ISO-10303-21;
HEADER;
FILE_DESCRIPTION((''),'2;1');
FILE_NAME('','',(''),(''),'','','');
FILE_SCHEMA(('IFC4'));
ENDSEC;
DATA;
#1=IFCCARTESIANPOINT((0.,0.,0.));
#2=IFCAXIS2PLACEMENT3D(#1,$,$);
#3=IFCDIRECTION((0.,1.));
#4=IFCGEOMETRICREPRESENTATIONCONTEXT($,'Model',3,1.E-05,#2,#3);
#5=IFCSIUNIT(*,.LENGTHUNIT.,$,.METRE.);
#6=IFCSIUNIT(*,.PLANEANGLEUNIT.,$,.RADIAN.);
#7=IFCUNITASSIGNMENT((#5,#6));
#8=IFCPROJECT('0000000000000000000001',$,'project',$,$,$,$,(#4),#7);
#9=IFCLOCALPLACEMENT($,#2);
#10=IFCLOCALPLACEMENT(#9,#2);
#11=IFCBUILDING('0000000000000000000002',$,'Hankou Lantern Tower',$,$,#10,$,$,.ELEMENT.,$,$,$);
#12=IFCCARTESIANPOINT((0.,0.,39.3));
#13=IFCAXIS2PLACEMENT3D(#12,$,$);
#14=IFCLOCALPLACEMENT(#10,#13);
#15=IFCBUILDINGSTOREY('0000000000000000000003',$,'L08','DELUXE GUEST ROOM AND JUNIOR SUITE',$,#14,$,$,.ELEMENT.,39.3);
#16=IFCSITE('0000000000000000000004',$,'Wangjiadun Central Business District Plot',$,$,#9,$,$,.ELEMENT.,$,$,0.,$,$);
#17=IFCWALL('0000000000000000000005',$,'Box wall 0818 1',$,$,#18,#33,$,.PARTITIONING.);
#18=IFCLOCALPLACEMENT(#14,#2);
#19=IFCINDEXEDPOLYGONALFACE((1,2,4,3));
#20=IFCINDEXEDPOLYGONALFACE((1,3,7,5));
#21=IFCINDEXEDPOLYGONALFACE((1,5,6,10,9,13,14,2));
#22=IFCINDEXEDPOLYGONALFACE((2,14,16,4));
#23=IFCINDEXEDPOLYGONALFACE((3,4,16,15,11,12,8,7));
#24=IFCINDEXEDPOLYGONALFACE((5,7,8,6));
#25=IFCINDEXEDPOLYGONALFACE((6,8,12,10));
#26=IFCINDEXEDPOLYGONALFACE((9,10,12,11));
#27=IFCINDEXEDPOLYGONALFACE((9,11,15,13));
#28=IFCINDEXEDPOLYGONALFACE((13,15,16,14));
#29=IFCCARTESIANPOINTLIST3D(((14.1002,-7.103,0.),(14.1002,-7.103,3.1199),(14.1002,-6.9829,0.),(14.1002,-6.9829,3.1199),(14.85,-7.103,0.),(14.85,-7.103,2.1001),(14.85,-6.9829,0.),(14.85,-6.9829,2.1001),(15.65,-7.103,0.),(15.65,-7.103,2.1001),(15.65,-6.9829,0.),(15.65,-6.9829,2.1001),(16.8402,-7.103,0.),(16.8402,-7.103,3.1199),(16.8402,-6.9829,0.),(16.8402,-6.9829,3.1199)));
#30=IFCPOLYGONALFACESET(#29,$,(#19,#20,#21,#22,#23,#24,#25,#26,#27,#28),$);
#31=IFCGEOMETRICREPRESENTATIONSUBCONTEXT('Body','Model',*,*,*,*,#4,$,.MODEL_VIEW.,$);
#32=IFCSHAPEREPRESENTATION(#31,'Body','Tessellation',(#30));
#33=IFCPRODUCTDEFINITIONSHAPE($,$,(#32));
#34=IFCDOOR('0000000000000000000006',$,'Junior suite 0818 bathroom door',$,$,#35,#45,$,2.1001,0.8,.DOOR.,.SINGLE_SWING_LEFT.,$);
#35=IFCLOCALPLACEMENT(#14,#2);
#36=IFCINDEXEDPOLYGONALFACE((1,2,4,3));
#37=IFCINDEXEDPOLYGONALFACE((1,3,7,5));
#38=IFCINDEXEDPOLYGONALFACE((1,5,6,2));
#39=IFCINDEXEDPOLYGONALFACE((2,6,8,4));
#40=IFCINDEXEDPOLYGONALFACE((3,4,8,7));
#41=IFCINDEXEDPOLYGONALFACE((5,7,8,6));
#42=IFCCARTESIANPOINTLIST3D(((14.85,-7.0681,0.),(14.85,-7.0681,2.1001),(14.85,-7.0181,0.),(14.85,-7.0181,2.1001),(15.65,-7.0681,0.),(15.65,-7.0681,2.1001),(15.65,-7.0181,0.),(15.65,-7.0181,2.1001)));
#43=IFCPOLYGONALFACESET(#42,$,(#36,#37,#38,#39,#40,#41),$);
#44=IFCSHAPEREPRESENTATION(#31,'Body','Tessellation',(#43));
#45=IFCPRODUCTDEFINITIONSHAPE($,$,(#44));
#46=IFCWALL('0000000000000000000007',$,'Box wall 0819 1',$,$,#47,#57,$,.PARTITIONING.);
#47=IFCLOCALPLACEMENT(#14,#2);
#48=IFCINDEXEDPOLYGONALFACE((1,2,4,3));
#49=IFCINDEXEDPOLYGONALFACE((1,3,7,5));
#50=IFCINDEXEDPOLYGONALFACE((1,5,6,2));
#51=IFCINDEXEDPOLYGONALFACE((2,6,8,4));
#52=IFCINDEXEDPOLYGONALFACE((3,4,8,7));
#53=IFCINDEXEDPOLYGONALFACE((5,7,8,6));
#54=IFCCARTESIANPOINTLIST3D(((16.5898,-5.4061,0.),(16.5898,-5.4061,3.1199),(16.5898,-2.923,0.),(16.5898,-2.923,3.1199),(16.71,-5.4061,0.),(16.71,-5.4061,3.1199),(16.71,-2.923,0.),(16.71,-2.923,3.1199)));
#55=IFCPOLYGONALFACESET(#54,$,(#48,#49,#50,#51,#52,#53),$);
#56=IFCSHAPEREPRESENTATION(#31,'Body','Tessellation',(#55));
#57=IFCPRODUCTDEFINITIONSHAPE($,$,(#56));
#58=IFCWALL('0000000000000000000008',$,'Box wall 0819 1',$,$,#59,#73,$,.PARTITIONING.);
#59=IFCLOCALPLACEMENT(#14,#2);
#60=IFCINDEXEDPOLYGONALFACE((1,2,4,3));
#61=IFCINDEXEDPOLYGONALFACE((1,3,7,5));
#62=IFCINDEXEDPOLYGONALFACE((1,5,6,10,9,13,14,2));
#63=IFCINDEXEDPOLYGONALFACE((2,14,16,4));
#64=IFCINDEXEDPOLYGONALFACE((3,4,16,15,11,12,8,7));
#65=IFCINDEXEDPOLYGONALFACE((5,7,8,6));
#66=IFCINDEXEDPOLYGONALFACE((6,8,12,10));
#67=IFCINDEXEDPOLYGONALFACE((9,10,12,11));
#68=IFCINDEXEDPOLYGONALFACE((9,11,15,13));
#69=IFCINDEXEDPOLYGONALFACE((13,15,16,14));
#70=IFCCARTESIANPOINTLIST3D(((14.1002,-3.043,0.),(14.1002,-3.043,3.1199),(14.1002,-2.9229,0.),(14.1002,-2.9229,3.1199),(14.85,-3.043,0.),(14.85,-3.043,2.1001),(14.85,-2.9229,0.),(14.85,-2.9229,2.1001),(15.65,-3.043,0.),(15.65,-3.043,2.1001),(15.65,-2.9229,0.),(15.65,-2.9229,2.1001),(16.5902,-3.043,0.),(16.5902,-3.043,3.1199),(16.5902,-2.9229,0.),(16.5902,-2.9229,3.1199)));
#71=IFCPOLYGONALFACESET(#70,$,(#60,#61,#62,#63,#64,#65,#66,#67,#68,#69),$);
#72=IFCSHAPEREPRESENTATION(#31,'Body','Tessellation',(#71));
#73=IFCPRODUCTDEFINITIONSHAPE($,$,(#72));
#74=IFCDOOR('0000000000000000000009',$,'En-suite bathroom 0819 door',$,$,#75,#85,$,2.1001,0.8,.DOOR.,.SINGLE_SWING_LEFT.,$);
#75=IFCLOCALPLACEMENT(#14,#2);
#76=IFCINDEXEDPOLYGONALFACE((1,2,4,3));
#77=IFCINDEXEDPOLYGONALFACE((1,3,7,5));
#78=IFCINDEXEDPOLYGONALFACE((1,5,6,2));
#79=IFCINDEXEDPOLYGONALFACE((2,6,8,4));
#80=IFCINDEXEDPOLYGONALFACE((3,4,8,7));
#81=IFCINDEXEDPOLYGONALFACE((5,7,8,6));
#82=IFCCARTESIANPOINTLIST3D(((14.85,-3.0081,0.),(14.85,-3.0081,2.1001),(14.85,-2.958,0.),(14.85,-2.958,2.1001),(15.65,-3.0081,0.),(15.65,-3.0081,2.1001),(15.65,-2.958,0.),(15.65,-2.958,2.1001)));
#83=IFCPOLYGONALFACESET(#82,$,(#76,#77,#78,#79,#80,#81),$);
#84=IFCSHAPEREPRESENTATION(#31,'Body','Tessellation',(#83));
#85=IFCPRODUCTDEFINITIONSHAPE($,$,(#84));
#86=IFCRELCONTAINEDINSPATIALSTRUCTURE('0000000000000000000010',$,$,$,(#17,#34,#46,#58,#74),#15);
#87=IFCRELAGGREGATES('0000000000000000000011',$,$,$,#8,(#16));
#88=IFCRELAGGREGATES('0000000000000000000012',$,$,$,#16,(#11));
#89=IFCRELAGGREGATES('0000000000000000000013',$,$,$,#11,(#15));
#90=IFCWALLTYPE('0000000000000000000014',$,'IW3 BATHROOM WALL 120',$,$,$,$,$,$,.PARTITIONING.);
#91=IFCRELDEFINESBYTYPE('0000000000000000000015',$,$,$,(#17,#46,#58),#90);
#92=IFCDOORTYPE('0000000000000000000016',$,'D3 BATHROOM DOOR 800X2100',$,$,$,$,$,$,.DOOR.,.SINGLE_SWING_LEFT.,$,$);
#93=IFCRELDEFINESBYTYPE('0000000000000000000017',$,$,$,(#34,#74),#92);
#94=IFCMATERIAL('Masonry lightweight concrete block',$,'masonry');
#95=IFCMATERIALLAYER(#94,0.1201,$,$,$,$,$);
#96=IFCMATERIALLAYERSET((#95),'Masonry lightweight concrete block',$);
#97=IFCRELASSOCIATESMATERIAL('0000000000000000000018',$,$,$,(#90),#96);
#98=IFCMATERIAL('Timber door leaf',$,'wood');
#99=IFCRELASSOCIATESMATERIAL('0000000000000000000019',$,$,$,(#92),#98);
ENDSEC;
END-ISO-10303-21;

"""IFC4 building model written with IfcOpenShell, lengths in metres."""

from ifc_helpers import new_model, si_unit, direction, frame, frame_2d, origin, place, context, subcontext, project, spatial, rectangle, extrude, material, layer, layer_set, type_object, element, fill, save


model = new_model("IFC4")

# Units and contexts
model_context = context("Model", 3, precision=1e-05, world=origin(), true_north=direction((0.0, 1.0)))
body_context = subcontext(model_context, "Body", "Model", "MODEL_VIEW")
ifc_project = project(units=[si_unit("LENGTHUNIT", "METRE"), si_unit("PLANEANGLEUNIT", "RADIAN")], contexts=[model_context])

# Site, building, storey
site_placement = place(None, origin())
site = spatial("IfcSite", under=ifc_project, at=site_placement, Name="Wangjiadun Central Business District Plot", CompositionType="ELEMENT", RefElevation=0.0)
building_placement = place(site_placement, origin())
building = spatial("IfcBuilding", under=site, at=building_placement, Name="Hankou Lantern Tower", CompositionType="ELEMENT")
storey_placement = place(building_placement, frame((0.0, 0.0, 39.3)))
storey = spatial("IfcBuildingStorey", under=building, at=storey_placement, Name="L08", Description="DELUXE GUEST ROOM AND JUNIOR SUITE", CompositionType="ELEMENT", Elevation=39.3)

# Shared definitions
ifc_material_1 = material(Name="Masonry lightweight concrete block", Category="masonry")
ifc_layer_1 = layer(ifc_material_1, 0.1201)
ifc_layer_set_1 = layer_set([ifc_layer_1], Name="Masonry lightweight concrete block")
wall_type_1 = type_object("IfcWallType", Name="IW3 BATHROOM WALL 120", PredefinedType="PARTITIONING", material=ifc_layer_set_1)
ifc_material_2 = material(Name="Timber door leaf", Category="wood")
door_type = type_object("IfcDoorType", Name="D3 BATHROOM DOOR 800X2100", OperationType="SINGLE_SWING_LEFT", PredefinedType="DOOR", material=ifc_material_2)

# Wall, opening, door
wall_1_placement = place(storey_placement, frame((14.1001, -7.043, 0.0), z_axis=(0.0, 0.0, 1.0), x_axis=(1.0, 0.0, 0.0)))
wall_1 = element("IfcWall", 1, at=wall_1_placement, inside=storey, type_object=wall_type_1, Name="Box wall 0818 1", PredefinedType="PARTITIONING", context=body_context, shape_type="SweptSolid", body=[
    extrude(rectangle(XDim=2.74, YDim=0.1201, at=frame_2d((1.3701, 0.0))), origin(), (0.0, 0.0, 1.0), 3.1199),
])
opening_1_placement = place(wall_1_placement, frame((0.75, 0.0, 0.0)))
opening_1 = element("IfcOpeningElement", 2, at=opening_1_placement, cuts=wall_1, PredefinedType="OPENING", context=body_context, shape_type="SweptSolid", body=[
    extrude(rectangle(XDim=0.8, YDim=2.1001, at=frame_2d((0.3999, 1.05))), frame((0.0, 0.0701, 0.0), z_axis=(0.0, -1.0, 0.0), x_axis=(1.0, 0.0, 0.0)), (0.0, 0.0, 1.0), 0.1401),
])
door_1_placement = place(opening_1_placement, origin())
door_1 = element("IfcDoor", 3, at=door_1_placement, inside=storey, type_object=door_type, Name="Junior suite 0818 bathroom door", OperationType="SINGLE_SWING_LEFT", OverallHeight=2.1001, OverallWidth=0.8, PredefinedType="DOOR", context=body_context, shape_type="SweptSolid", body=[
    extrude(rectangle(XDim=0.8, YDim=2.1001, at=frame_2d((0.3999, 1.05))), frame((0.0, 0.0249, 0.0), z_axis=(0.0, -1.0, 0.0), x_axis=(1.0, 0.0, 0.0)), (0.0, 0.0, 1.0), 0.05),
])
fill(opening_1, door_1)

# Wall
wall_2_placement = place(storey_placement, frame((16.6499, -5.4062, 0.0), z_axis=(0.0, 0.0, 1.0), x_axis=(0.0, 1.0, 0.0)))
element("IfcWall", 4, at=wall_2_placement, inside=storey, type_object=wall_type_1, Name="Box wall 0819 1", PredefinedType="PARTITIONING", context=body_context, shape_type="SweptSolid", body=[
    extrude(rectangle(XDim=2.4832, YDim=0.1201, at=frame_2d((1.2417, 0.0))), origin(), (0.0, 0.0, 1.0), 3.1199),
])

# Wall, opening, door
wall_3_placement = place(storey_placement, frame((14.1001, -2.9829, 0.0), z_axis=(0.0, 0.0, 1.0), x_axis=(1.0, 0.0, 0.0)))
wall_3 = element("IfcWall", 5, at=wall_3_placement, inside=storey, type_object=wall_type_1, Name="Box wall 0819 1", PredefinedType="PARTITIONING", context=body_context, shape_type="SweptSolid", body=[
    extrude(rectangle(XDim=2.49, YDim=0.1201, at=frame_2d((1.2451, 0.0))), origin(), (0.0, 0.0, 1.0), 3.1199),
])
opening_2_placement = place(wall_3_placement, frame((0.75, 0.0, 0.0)))
opening_2 = element("IfcOpeningElement", 6, at=opening_2_placement, cuts=wall_3, PredefinedType="OPENING", context=body_context, shape_type="SweptSolid", body=[
    extrude(rectangle(XDim=0.8, YDim=2.1001, at=frame_2d((0.3999, 1.05))), frame((0.0, 0.0701, 0.0), z_axis=(0.0, -1.0, 0.0), x_axis=(1.0, 0.0, 0.0)), (0.0, 0.0, 1.0), 0.1401),
])
door_2_placement = place(opening_2_placement, origin())
door_2 = element("IfcDoor", 7, at=door_2_placement, inside=storey, type_object=door_type, Name="En-suite bathroom 0819 door", OperationType="SINGLE_SWING_LEFT", OverallHeight=2.1001, OverallWidth=0.8, PredefinedType="DOOR", context=body_context, shape_type="SweptSolid", body=[
    extrude(rectangle(XDim=0.8, YDim=2.1001, at=frame_2d((0.3999, 1.05))), frame((0.0, 0.0249, 0.0), z_axis=(0.0, -1.0, 0.0), x_axis=(1.0, 0.0, 0.0)), (0.0, 0.0, 1.0), 0.05),
])
fill(opening_2, door_2)

save(model, "model.ifc")
